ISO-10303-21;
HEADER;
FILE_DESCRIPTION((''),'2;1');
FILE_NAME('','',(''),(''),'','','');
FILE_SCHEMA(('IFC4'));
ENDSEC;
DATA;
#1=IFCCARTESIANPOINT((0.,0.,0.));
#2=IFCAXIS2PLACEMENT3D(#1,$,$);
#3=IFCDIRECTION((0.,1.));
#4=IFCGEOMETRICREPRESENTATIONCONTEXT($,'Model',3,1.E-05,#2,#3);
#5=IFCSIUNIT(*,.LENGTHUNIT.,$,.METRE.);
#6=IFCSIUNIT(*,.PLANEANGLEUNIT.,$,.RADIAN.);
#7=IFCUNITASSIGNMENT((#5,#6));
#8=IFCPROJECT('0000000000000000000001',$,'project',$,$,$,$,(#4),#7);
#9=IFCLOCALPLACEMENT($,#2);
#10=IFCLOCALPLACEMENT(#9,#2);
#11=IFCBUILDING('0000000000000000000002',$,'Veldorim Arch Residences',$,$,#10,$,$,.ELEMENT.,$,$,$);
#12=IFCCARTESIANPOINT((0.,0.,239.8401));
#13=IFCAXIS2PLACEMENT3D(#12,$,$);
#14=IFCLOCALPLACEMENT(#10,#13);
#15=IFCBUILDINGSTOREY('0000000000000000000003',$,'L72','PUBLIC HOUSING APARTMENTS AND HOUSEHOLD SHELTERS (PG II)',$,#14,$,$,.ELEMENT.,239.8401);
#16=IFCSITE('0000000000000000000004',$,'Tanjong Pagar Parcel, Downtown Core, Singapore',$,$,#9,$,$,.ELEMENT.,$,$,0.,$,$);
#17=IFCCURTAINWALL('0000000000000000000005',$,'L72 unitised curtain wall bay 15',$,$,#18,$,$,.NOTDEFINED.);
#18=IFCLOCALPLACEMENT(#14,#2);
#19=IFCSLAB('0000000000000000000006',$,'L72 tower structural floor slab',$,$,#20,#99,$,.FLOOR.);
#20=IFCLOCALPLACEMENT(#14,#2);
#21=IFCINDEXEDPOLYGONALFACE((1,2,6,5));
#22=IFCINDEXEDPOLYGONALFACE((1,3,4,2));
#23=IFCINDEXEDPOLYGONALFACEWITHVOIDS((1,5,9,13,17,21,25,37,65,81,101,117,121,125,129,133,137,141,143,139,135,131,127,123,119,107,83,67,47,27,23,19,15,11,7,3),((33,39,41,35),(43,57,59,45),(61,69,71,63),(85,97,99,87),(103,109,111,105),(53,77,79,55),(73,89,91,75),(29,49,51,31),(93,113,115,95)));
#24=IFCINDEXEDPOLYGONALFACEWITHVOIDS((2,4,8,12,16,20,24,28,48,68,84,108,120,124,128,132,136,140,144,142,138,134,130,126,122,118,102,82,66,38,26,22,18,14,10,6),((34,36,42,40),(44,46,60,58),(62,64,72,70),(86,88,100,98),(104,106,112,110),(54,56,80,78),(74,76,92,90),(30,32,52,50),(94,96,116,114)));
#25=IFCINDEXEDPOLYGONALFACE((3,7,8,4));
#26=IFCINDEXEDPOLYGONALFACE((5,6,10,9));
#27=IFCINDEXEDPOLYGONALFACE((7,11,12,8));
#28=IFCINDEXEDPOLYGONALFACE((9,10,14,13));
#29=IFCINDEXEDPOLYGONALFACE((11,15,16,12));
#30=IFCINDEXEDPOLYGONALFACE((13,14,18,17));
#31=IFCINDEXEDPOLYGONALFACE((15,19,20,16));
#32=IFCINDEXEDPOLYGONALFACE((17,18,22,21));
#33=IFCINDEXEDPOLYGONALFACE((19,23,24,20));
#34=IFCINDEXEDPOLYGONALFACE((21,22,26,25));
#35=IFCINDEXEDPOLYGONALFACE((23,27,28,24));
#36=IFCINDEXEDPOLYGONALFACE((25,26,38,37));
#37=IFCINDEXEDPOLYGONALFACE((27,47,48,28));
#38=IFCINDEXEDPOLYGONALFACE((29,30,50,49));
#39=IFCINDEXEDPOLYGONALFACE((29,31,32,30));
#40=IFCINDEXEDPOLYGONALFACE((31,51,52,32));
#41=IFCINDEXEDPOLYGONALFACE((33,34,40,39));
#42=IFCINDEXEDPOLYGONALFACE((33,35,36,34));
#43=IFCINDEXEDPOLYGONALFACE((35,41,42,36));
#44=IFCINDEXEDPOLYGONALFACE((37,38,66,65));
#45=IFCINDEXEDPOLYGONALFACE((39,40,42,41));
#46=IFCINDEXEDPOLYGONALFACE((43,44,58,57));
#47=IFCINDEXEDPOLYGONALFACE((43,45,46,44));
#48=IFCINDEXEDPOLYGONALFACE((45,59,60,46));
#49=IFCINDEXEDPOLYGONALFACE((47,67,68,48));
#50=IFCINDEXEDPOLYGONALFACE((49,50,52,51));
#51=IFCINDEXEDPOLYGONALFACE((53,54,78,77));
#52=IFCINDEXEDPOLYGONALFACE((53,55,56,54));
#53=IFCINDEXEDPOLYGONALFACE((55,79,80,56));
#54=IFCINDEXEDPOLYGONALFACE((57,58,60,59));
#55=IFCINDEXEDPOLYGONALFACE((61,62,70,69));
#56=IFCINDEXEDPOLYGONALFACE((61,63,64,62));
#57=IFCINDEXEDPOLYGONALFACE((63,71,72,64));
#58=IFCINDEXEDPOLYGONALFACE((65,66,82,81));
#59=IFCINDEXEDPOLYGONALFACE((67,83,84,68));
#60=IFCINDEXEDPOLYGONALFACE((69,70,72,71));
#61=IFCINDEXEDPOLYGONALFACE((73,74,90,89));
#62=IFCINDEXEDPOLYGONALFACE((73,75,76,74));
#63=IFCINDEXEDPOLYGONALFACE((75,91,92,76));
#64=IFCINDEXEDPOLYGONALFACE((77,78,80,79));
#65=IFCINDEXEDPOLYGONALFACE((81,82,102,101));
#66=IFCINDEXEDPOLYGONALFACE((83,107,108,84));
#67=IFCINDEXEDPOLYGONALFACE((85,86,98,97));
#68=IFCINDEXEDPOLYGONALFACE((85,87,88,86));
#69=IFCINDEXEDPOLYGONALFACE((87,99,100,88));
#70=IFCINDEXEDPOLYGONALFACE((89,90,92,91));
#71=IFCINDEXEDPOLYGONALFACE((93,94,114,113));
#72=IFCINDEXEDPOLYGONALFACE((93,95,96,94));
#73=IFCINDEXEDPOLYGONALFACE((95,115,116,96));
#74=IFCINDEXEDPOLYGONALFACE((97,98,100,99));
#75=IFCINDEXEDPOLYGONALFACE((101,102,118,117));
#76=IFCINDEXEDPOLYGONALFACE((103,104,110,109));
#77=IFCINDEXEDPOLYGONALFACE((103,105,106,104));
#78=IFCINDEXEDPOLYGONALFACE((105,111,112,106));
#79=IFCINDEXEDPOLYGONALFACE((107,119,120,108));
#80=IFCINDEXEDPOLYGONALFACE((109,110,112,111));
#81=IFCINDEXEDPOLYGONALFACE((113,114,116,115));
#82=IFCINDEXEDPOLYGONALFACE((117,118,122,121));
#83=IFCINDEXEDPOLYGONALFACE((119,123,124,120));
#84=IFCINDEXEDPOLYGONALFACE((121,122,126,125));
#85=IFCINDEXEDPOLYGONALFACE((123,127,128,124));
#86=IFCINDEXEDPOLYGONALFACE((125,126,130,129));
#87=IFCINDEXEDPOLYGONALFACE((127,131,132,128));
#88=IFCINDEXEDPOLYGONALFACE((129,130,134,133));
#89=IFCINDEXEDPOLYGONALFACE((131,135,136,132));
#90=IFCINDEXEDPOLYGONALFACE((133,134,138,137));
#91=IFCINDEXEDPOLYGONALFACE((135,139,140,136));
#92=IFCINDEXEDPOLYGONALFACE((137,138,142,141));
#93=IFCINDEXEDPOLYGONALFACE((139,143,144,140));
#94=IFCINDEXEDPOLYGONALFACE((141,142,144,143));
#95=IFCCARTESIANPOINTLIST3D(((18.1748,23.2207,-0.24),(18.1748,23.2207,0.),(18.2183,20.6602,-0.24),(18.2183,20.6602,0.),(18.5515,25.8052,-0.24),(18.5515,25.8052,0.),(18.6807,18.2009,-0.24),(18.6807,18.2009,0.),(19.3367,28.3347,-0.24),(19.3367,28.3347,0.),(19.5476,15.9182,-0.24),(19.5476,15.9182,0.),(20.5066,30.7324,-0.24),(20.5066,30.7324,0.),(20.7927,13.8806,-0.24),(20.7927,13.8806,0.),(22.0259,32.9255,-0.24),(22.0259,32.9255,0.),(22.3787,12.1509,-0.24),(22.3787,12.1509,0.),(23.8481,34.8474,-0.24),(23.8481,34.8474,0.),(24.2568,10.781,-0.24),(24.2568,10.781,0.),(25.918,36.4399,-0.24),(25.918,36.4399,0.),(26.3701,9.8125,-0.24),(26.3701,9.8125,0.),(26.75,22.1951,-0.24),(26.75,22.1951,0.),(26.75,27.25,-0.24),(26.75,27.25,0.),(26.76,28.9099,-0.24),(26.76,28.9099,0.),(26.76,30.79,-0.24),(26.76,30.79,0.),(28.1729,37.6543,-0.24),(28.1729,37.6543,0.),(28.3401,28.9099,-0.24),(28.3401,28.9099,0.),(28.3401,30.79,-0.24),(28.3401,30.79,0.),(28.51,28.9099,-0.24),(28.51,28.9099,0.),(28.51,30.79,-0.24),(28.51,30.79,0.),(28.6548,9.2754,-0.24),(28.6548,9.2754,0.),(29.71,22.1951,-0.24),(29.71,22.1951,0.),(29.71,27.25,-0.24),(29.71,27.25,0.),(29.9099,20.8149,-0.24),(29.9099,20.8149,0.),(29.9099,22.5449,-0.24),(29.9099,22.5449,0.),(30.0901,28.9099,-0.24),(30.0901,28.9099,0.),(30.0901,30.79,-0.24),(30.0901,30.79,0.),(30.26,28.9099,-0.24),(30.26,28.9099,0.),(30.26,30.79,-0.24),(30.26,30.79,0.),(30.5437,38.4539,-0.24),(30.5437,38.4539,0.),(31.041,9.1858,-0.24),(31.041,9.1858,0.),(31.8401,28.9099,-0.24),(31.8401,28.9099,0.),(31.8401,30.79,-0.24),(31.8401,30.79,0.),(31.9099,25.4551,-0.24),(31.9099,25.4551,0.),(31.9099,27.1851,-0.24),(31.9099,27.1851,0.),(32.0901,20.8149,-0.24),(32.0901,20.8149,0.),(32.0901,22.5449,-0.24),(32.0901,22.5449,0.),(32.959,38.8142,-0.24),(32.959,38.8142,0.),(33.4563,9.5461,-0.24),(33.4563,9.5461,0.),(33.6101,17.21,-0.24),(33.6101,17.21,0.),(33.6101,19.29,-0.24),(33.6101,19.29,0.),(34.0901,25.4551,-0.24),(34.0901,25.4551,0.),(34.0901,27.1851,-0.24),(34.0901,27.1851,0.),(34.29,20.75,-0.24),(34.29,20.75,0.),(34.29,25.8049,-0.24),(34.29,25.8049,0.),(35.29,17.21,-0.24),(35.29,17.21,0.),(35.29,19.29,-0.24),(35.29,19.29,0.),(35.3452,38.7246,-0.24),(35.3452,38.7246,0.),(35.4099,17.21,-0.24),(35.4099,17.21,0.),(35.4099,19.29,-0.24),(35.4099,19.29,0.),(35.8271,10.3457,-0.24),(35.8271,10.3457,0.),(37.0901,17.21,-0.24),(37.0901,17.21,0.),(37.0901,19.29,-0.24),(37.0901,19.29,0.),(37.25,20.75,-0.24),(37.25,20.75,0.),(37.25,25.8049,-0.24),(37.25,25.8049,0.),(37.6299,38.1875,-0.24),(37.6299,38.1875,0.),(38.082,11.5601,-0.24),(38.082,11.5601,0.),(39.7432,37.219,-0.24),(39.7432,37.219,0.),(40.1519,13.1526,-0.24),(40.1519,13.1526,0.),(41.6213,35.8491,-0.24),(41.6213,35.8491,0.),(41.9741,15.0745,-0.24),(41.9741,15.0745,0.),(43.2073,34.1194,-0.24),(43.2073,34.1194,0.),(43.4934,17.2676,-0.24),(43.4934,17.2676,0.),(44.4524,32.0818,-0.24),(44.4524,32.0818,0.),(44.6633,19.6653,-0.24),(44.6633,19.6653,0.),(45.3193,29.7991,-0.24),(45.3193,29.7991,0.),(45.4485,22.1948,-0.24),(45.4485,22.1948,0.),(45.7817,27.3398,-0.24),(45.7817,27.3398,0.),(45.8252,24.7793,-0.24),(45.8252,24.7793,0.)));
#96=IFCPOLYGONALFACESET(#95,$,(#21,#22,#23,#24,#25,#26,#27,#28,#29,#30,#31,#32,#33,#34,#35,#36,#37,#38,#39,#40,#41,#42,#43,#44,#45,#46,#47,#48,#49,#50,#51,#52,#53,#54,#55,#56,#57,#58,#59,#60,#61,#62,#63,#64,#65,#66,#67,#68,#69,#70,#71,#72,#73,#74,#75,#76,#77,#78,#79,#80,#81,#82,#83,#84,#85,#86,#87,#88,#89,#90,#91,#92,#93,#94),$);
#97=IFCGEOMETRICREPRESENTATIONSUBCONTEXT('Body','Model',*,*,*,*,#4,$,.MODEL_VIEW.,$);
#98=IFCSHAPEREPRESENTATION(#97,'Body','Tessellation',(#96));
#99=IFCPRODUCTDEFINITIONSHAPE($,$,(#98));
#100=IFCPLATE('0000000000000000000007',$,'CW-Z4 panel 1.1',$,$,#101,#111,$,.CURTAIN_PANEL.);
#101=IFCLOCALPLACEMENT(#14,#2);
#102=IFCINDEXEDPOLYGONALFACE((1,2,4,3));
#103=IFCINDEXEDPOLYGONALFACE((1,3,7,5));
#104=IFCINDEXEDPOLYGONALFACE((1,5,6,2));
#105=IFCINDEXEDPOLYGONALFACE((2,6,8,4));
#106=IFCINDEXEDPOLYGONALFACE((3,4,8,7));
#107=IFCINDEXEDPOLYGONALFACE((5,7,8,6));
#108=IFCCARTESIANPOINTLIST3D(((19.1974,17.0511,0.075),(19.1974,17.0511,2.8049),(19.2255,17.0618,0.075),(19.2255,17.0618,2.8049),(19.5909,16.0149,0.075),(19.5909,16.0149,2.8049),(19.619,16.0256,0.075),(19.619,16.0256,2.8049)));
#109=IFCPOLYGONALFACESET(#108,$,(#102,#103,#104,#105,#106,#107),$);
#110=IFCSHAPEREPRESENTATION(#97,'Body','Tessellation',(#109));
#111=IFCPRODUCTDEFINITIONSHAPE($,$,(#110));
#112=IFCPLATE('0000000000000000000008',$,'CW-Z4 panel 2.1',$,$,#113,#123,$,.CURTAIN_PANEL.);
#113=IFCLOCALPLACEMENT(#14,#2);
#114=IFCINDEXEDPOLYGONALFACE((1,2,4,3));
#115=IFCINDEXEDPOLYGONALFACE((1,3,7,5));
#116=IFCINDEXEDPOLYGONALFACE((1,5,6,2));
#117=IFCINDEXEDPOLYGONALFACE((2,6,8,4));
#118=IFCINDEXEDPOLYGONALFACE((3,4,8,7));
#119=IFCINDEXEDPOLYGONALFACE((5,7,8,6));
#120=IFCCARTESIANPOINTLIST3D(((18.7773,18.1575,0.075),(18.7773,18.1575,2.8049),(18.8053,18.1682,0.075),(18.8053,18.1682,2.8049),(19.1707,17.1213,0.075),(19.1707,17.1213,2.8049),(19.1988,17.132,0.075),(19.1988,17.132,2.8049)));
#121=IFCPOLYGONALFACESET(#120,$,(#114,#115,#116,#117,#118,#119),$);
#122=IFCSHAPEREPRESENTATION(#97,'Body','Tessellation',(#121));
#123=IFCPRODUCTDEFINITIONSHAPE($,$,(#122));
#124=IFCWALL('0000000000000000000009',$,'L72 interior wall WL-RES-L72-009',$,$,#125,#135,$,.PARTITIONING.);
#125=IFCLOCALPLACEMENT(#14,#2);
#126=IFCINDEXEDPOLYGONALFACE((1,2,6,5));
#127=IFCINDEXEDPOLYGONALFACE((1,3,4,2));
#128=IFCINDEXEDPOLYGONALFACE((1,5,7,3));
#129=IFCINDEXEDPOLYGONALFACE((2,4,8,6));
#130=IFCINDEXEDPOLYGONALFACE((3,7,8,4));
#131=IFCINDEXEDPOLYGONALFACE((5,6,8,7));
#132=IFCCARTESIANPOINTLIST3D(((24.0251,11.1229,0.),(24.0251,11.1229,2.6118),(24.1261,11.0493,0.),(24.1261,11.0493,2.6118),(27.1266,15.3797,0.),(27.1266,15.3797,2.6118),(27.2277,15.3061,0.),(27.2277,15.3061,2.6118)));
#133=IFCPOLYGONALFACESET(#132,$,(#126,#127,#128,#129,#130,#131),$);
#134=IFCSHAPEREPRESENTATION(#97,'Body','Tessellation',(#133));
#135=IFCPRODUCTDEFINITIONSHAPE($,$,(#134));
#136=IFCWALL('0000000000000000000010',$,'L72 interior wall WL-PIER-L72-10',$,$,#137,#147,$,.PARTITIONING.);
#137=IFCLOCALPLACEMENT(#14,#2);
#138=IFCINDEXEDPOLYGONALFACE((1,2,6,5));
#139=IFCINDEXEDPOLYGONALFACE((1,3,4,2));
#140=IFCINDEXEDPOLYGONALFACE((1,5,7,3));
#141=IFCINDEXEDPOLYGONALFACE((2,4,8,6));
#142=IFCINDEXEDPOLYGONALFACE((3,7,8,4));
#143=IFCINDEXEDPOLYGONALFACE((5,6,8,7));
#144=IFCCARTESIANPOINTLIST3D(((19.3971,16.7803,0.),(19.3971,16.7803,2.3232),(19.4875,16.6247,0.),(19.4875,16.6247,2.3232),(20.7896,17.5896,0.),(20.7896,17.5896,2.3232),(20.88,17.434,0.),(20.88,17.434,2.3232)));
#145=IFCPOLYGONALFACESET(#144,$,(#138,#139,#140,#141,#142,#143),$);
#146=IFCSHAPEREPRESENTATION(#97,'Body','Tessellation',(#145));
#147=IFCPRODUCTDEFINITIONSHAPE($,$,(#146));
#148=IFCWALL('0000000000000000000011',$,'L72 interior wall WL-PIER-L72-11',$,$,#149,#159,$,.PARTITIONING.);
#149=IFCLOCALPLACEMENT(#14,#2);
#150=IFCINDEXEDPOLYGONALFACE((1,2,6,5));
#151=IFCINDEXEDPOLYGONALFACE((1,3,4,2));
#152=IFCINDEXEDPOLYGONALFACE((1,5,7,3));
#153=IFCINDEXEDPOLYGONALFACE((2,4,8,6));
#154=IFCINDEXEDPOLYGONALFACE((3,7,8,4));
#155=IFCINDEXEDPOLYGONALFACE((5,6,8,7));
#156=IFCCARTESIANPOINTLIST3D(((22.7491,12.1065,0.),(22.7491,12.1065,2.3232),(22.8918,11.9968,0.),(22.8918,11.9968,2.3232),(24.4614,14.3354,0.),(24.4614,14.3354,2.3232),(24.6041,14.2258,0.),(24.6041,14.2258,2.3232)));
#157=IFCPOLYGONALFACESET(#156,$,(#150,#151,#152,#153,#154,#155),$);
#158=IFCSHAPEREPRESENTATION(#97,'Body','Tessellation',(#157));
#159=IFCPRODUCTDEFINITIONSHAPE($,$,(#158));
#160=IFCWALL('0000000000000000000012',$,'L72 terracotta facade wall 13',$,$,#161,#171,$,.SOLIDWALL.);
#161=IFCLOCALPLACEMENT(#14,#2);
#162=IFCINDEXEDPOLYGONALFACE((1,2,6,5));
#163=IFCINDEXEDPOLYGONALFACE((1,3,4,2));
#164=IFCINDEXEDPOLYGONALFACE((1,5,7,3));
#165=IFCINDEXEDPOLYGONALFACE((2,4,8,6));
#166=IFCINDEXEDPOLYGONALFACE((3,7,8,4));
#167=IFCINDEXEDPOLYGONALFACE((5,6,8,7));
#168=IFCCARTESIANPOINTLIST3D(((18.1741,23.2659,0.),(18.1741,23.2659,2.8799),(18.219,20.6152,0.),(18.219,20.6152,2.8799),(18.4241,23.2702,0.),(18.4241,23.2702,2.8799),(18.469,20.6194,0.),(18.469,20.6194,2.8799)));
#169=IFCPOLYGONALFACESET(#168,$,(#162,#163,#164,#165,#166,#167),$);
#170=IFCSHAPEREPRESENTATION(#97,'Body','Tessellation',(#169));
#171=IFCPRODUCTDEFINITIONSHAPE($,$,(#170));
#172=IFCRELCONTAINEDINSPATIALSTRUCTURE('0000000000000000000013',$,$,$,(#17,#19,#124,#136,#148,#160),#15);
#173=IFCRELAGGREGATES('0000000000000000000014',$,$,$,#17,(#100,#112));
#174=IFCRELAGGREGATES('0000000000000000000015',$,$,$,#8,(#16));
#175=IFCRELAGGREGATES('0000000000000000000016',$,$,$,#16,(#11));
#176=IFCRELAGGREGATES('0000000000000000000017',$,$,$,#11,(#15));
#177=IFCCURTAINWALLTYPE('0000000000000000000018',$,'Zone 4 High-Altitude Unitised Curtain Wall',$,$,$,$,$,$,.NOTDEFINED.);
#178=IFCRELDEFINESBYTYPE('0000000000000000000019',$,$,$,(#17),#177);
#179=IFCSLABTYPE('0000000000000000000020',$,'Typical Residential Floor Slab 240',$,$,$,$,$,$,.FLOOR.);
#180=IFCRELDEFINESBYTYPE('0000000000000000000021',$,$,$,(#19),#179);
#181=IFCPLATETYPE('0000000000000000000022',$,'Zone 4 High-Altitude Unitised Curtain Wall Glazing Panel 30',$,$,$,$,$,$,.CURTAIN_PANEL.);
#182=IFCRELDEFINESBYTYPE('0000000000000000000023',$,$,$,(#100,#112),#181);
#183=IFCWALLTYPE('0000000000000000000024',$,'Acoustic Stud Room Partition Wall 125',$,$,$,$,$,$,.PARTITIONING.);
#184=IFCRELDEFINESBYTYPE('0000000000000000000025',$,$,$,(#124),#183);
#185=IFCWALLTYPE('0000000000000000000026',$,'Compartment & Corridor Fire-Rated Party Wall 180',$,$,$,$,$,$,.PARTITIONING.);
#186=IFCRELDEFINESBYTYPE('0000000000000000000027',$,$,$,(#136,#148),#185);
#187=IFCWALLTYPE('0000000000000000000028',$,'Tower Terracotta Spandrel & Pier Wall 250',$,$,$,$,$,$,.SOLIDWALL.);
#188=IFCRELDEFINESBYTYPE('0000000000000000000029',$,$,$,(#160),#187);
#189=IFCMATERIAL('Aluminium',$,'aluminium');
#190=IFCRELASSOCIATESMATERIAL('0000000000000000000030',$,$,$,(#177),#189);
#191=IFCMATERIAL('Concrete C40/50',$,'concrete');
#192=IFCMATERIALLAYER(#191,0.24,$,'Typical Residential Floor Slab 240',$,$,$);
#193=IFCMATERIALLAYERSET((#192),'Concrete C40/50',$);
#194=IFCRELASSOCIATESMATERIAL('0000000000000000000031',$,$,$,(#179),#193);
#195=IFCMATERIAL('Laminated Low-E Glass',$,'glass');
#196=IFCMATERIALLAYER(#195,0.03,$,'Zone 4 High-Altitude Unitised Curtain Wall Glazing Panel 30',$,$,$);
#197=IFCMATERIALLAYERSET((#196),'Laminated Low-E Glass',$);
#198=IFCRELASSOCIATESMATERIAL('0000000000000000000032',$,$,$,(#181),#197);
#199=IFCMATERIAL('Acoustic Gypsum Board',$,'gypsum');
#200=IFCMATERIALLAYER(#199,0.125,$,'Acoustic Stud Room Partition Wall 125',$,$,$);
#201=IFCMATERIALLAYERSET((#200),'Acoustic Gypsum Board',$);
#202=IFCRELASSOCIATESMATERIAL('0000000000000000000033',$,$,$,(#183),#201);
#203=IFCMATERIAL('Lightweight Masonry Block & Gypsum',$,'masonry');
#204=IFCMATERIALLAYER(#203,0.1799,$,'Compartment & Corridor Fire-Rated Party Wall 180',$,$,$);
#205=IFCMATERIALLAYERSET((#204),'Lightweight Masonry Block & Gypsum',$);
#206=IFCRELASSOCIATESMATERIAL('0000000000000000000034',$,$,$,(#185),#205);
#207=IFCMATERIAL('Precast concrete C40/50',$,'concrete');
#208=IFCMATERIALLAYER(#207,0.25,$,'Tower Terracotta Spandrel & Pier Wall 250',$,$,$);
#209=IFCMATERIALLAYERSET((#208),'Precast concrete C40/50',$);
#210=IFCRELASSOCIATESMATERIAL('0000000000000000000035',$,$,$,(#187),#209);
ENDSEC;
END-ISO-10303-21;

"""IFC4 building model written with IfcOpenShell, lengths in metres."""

from ifc_helpers import new_model, si_unit, direction, frame, frame_2d, origin, origin_2d, place, context, subcontext, project, spatial, polyline, rectangle, outline, extrude, material, layer, layer_set, type_object, element, aggregate, save


model = new_model("IFC4")

# Units and contexts
model_context = context("Model", 3, precision=1e-05, world=origin(), true_north=direction((0.0, 1.0)))
body_context = subcontext(model_context, "Body", "Model", "MODEL_VIEW")
ifc_project = project(units=[si_unit("LENGTHUNIT", "METRE"), si_unit("PLANEANGLEUNIT", "RADIAN")], contexts=[model_context])

# Site, building, storey
site_placement = place(None, origin())
site = spatial("IfcSite", under=ifc_project, at=site_placement, Name="Tanjong Pagar Parcel, Downtown Core, Singapore", CompositionType="ELEMENT", RefElevation=0.0)
building_placement = place(site_placement, origin())
building = spatial("IfcBuilding", under=site, at=building_placement, Name="Veldorim Arch Residences", CompositionType="ELEMENT")
storey_placement = place(building_placement, frame((0.0, 0.0, 239.8401)))
storey = spatial("IfcBuildingStorey", under=building, at=storey_placement, Name="L72", Description="PUBLIC HOUSING APARTMENTS AND HOUSEHOLD SHELTERS (PG II)", CompositionType="ELEMENT", Elevation=239.8401)

# Curtain wall
ifc_material_1 = material(Name="Aluminium", Category="aluminium")
curtain_wall_type = type_object("IfcCurtainWallType", Name="Zone 4 High-Altitude Unitised Curtain Wall", PredefinedType="NOTDEFINED", material=ifc_material_1)
curtain_wall_placement = place(storey_placement, origin())
curtain_wall = element("IfcCurtainWall", 1, at=curtain_wall_placement, inside=storey, type_object=curtain_wall_type, Name="L72 unitised curtain wall bay 15", PredefinedType="NOTDEFINED")

# Slab
ifc_material_2 = material(Name="Concrete C40/50", Category="concrete")
ifc_layer_1 = layer(ifc_material_2, 0.24, Name="Typical Residential Floor Slab 240")
ifc_layer_set_1 = layer_set([ifc_layer_1], Name="Concrete C40/50")
slab_type_1 = type_object("IfcSlabType", Name="Typical Residential Floor Slab 240", PredefinedType="FLOOR", material=ifc_layer_set_1)
slab_1_placement = place(storey_placement, frame((0.0, 0.0, -0.24)))
element("IfcSlab", 2, at=slab_1_placement, inside=storey, type_object=slab_type_1, Name="L72 tower structural floor slab", PredefinedType="FLOOR", context=body_context, shape_type="SweptSolid", body=[
    extrude(outline(polyline([(39.7432, 37.219), (37.6299, 38.1875), (35.3452, 38.7246), (32.959, 38.8142), (30.5437, 38.4539), (28.1729, 37.6543), (25.918, 36.4399), (23.8481, 34.8474), (22.0259, 32.9255), (20.5066, 30.7324), (19.3367, 28.3347), (18.5515, 25.8052), (18.1748, 23.2207), (18.2183, 20.6602), (18.6807, 18.2009), (19.5476, 15.9182), (20.7927, 13.8806), (22.3787, 12.1509), (24.2568, 10.781), (26.3701, 9.8125), (28.6548, 9.2754), (31.041, 9.1858), (33.4563, 9.5461), (35.8271, 10.3457), (38.082, 11.5601), (40.1519, 13.1526), (41.9741, 15.0745), (43.4934, 17.2676), (44.6633, 19.6653), (45.4485, 22.1948), (45.8252, 24.7793), (45.7817, 27.3398), (45.3193, 29.7991), (44.4524, 32.0818), (43.2073, 34.1194), (41.6213, 35.8491), (39.7432, 37.219)]), holes=[polyline([(33.6101, 17.21), (33.6101, 19.29), (35.29, 19.29), (35.29, 17.21), (33.6101, 17.21)]), polyline([(35.4099, 17.21), (35.4099, 19.29), (37.0901, 19.29), (37.0901, 17.21), (35.4099, 17.21)]), polyline([(29.9099, 20.8149), (29.9099, 22.5449), (32.0901, 22.5449), (32.0901, 20.8149), (29.9099, 20.8149)]), polyline([(34.29, 20.75), (34.29, 25.8049), (37.25, 25.8049), (37.25, 20.75), (34.29, 20.75)]), polyline([(26.75, 22.1951), (26.75, 27.25), (29.71, 27.25), (29.71, 22.1951), (26.75, 22.1951)]), polyline([(31.9099, 25.4551), (31.9099, 27.1851), (34.0901, 27.1851), (34.0901, 25.4551), (31.9099, 25.4551)]), polyline([(26.76, 28.9099), (26.76, 30.79), (28.3401, 30.79), (28.3401, 28.9099), (26.76, 28.9099)]), polyline([(28.51, 30.79), (30.0901, 30.79), (30.0901, 28.9099), (28.51, 28.9099), (28.51, 30.79)]), polyline([(30.26, 30.79), (31.8401, 30.79), (31.8401, 28.9099), (30.26, 28.9099), (30.26, 30.79)])]), origin(), (0.0, 0.0, 1.0), 0.24),
])

# Plates
ifc_material_3 = material(Name="Laminated Low-E Glass", Category="glass")
ifc_layer_2 = layer(ifc_material_3, 0.03, Name="Zone 4 High-Altitude Unitised Curtain Wall Glazing Panel 30")
ifc_layer_set_2 = layer_set([ifc_layer_2], Name="Laminated Low-E Glass")
plate_type = type_object("IfcPlateType", Name="Zone 4 High-Altitude Unitised Curtain Wall Glazing Panel 30", PredefinedType="CURTAIN_PANEL", material=ifc_layer_set_2)
plate_1_placement = place(storey_placement, frame((19.4082, 16.5383, 0.075), z_axis=(0.0, 0.0, 1.0), x_axis=(-0.355002, 0.934865, 0.0)))
plate_1 = element("IfcPlate", 3, at=plate_1_placement, type_object=plate_type, Name="CW-Z4 panel 1.1", PredefinedType="CURTAIN_PANEL", context=body_context, shape_type="SweptSolid", body=[
    extrude(rectangle(XDim=1.1084, YDim=0.03, at=origin_2d()), origin(), (0.0, 0.0, 1.0), 2.73),
])
plate_2_placement = place(storey_placement, frame((18.988, 17.6448, 0.075), z_axis=(0.0, 0.0, 1.0), x_axis=(-0.355002, 0.934865, 0.0)))
plate_2 = element("IfcPlate", 4, at=plate_2_placement, type_object=plate_type, Name="CW-Z4 panel 2.1", PredefinedType="CURTAIN_PANEL", context=body_context, shape_type="SweptSolid", body=[
    extrude(rectangle(XDim=1.1084, YDim=0.03, at=origin_2d()), origin(), (0.0, 0.0, 1.0), 2.73),
])
aggregate(curtain_wall, [plate_1, plate_2])

# Walls
ifc_material_4 = material(Name="Acoustic Gypsum Board", Category="gypsum")
ifc_layer_3 = layer(ifc_material_4, 0.125, Name="Acoustic Stud Room Partition Wall 125")
ifc_layer_set_3 = layer_set([ifc_layer_3], Name="Acoustic Gypsum Board")
wall_type_1 = type_object("IfcWallType", Name="Acoustic Stud Room Partition Wall 125", PredefinedType="PARTITIONING", material=ifc_layer_set_3)
wall_1_placement = place(storey_placement, frame((24.0757, 11.0862, 0.0), z_axis=(0.0, 0.0, 1.0), x_axis=(0.588877, 0.808223, 0.0)))
element("IfcWall", 5, at=wall_1_placement, inside=storey, type_object=wall_type_1, Name="L72 interior wall WL-RES-L72-009", PredefinedType="PARTITIONING", context=body_context, shape_type="SweptSolid", body=[
    extrude(rectangle(XDim=5.2668, YDim=0.125, at=frame_2d((2.6333, 0.0))), origin(), (0.0, 0.0, 1.0), 2.6118),
])
ifc_material_5 = material(Name="Lightweight Masonry Block & Gypsum", Category="masonry")
ifc_layer_4 = layer(ifc_material_5, 0.1799, Name="Compartment & Corridor Fire-Rated Party Wall 180")
ifc_layer_set_4 = layer_set([ifc_layer_4], Name="Lightweight Masonry Block & Gypsum")
wall_type_2 = type_object("IfcWallType", Name="Compartment & Corridor Fire-Rated Party Wall 180", PredefinedType="PARTITIONING", material=ifc_layer_set_4)
wall_2_placement = place(storey_placement, frame((20.8347, 17.5117, 0.0), z_axis=(0.0, 0.0, 1.0), x_axis=(-0.864591, -0.502476, 0.0)))
element("IfcWall", 6, at=wall_2_placement, inside=storey, type_object=wall_type_2, Name="L72 interior wall WL-PIER-L72-10", PredefinedType="PARTITIONING", context=body_context, shape_type="SweptSolid", body=[
    extrude(rectangle(XDim=1.6106, YDim=0.1799, at=frame_2d((0.8052, 0.0))), origin(), (0.0, 0.0, 1.0), 2.3232),
])
wall_3_placement = place(storey_placement, frame((24.5327, 14.2805, 0.0), z_axis=(0.0, 0.0, 1.0), x_axis=(-0.609215, -0.793005, 0.0)))
element("IfcWall", 7, at=wall_3_placement, inside=storey, type_object=wall_type_2, Name="L72 interior wall WL-PIER-L72-11", PredefinedType="PARTITIONING", context=body_context, shape_type="SweptSolid", body=[
    extrude(rectangle(XDim=2.8108, YDim=0.1799, at=frame_2d((1.4053, 0.0))), origin(), (0.0, 0.0, 1.0), 2.3232),
])
ifc_material_6 = material(Name="Precast concrete C40/50", Category="concrete")
ifc_layer_5 = layer(ifc_material_6, 0.25, Name="Tower Terracotta Spandrel & Pier Wall 250")
ifc_layer_set_5 = layer_set([ifc_layer_5], Name="Precast concrete C40/50")
wall_type_3 = type_object("IfcWallType", Name="Tower Terracotta Spandrel & Pier Wall 250", PredefinedType="SOLIDWALL", material=ifc_layer_set_5)
wall_4_placement = place(storey_placement, frame((18.344, 20.6172, 0.0), z_axis=(0.0, 0.0, 1.0), x_axis=(-0.016945, 0.999856, 0.0)))
element("IfcWall", 8, at=wall_4_placement, inside=storey, type_object=wall_type_3, Name="L72 terracotta facade wall 13", PredefinedType="SOLIDWALL", context=body_context, shape_type="SweptSolid", body=[
    extrude(rectangle(XDim=2.6511, YDim=0.25, at=frame_2d((1.3257, 0.0))), origin(), (0.0, 0.0, 1.0), 2.8799),
])

save(model, "model.ifc")
